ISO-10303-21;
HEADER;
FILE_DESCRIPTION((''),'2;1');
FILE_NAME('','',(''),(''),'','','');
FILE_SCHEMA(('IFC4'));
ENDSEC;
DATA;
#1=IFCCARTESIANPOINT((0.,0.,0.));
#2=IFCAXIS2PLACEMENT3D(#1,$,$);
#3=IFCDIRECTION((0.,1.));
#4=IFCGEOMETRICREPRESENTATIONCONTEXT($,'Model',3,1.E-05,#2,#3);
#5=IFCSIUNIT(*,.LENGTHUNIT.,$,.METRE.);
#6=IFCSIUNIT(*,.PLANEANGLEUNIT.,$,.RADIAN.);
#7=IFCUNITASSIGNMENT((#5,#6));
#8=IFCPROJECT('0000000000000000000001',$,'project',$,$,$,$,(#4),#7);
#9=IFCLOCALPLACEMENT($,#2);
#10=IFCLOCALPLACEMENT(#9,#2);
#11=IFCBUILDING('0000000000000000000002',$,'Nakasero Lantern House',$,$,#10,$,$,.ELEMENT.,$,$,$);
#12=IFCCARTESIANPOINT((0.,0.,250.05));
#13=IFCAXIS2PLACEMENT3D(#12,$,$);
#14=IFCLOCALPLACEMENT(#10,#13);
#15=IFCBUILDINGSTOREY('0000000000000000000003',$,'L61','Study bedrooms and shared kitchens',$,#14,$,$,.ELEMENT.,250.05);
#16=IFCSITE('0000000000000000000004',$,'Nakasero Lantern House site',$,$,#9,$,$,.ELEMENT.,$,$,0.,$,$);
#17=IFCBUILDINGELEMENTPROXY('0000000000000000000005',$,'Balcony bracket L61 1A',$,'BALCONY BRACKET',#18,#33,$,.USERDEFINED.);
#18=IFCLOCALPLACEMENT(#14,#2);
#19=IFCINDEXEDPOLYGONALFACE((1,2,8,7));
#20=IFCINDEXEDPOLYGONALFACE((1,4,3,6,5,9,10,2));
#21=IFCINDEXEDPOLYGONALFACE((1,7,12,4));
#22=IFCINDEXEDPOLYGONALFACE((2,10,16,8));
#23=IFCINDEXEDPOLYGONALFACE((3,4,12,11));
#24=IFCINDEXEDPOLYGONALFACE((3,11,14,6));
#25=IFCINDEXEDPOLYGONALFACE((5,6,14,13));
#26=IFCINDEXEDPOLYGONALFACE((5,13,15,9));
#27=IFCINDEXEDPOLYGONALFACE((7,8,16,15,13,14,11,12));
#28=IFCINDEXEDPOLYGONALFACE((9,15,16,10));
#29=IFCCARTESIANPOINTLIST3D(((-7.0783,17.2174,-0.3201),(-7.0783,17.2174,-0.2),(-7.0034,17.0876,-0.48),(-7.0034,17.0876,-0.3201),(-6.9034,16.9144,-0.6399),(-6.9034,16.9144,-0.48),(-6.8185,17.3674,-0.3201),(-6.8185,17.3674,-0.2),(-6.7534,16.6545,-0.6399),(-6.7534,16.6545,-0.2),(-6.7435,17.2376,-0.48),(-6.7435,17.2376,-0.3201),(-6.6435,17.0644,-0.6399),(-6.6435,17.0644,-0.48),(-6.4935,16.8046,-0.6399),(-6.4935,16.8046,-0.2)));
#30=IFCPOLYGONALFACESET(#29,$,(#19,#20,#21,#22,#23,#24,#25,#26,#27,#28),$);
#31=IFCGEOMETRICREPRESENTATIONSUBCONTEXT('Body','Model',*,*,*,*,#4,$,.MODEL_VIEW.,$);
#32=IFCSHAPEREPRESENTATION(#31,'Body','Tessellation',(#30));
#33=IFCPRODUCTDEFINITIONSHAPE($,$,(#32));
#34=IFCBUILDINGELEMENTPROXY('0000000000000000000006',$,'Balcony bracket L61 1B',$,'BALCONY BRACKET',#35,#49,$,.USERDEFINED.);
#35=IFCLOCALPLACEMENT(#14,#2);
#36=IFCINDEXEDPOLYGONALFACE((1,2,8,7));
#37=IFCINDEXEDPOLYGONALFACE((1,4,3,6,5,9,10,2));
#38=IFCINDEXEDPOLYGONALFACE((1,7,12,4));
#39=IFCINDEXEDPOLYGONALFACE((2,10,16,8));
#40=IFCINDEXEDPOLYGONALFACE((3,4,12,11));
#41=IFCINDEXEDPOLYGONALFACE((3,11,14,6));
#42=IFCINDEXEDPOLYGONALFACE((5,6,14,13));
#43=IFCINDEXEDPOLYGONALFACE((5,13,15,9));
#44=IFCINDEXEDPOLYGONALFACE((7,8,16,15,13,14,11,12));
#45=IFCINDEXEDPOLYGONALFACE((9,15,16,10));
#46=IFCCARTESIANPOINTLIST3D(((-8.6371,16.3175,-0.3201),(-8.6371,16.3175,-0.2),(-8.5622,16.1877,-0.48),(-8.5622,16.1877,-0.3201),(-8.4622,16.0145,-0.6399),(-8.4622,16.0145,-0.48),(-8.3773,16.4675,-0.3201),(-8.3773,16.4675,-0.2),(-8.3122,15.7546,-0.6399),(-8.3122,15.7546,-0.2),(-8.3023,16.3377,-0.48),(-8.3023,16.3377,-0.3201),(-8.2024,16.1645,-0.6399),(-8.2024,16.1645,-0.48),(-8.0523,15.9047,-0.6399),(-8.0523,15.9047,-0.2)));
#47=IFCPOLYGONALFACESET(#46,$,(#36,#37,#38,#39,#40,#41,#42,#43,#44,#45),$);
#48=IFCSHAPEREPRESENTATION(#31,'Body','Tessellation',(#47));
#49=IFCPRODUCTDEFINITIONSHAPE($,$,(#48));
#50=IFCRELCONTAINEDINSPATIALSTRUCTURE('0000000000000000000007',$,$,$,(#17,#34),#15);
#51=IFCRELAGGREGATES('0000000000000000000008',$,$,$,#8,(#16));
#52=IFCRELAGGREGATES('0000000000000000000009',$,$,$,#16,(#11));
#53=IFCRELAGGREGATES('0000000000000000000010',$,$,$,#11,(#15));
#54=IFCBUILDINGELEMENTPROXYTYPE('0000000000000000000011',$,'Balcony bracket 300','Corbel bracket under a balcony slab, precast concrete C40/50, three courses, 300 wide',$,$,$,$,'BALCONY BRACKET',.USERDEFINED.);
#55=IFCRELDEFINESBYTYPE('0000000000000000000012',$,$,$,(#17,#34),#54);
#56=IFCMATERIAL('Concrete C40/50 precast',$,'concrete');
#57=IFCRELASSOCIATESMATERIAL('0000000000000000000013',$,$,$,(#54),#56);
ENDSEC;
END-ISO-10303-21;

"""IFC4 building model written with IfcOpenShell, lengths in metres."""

from ifc_helpers import new_model, si_unit, direction, frame, origin, place, context, subcontext, project, spatial, polyline, outline, extrude, material, type_object, element, save


model = new_model("IFC4")

# Units and contexts
model_context = context("Model", 3, precision=1e-05, world=origin(), true_north=direction((0.0, 1.0)))
body_context = subcontext(model_context, "Body", "Model", "MODEL_VIEW")
ifc_project = project(units=[si_unit("LENGTHUNIT", "METRE"), si_unit("PLANEANGLEUNIT", "RADIAN")], contexts=[model_context])

# Site, building, storey
site_placement = place(None, origin())
site = spatial("IfcSite", under=ifc_project, at=site_placement, Name="Nakasero Lantern House site", CompositionType="ELEMENT", RefElevation=0.0)
building_placement = place(site_placement, origin())
building = spatial("IfcBuilding", under=site, at=building_placement, Name="Nakasero Lantern House", CompositionType="ELEMENT")
storey_placement = place(building_placement, frame((0.0, 0.0, 250.05)))
storey = spatial("IfcBuildingStorey", under=building, at=storey_placement, Name="L61", Description="Study bedrooms and shared kitchens", CompositionType="ELEMENT", Elevation=250.05)

# Building element proxies
ifc_material_1 = material(Name="Concrete C40/50 precast", Category="concrete")
building_element_proxy_type = type_object("IfcBuildingElementProxyType", Name="Balcony bracket 300", Description="Corbel bracket under a balcony slab, precast concrete C40/50, three courses, 300 wide", ElementType="BALCONY BRACKET", PredefinedType="USERDEFINED", material=ifc_material_1)
for number, where, z_axis, x_axis, name in (
    (1, (-6.6235, 16.7295, -0.2), (0.0, 0.0, 1.0), (-0.5, 0.866025, 0.0), "Balcony bracket L61 1A"),
    (2, (-8.1824, 15.8296, -0.2), (0.0, 0.0, 1.0), (-0.5, 0.866025, 0.0), "Balcony bracket L61 1B"),
):
    element("IfcBuildingElementProxy", number, at=place(storey_placement, frame(where, z_axis=z_axis, x_axis=x_axis)), inside=storey, type_object=building_element_proxy_type, Name=name, ObjectType="BALCONY BRACKET", PredefinedType="USERDEFINED", context=body_context, shape_type="SweptSolid", body=[
        extrude(outline(polyline([(0.0, 0.0), (0.6499, 0.0), (0.6499, -0.1201), (0.5, -0.1201), (0.5, -0.28), (0.3, -0.28), (0.3, -0.4399), (0.0, -0.4399), (0.0, 0.0)])), frame((0.0, 0.1499, 0.0), z_axis=(0.0, -1.0, 0.0), x_axis=(1.0, 0.0, 0.0)), (0.0, 0.0, 1.0), 0.3),
    ])

save(model, "model.ifc")
